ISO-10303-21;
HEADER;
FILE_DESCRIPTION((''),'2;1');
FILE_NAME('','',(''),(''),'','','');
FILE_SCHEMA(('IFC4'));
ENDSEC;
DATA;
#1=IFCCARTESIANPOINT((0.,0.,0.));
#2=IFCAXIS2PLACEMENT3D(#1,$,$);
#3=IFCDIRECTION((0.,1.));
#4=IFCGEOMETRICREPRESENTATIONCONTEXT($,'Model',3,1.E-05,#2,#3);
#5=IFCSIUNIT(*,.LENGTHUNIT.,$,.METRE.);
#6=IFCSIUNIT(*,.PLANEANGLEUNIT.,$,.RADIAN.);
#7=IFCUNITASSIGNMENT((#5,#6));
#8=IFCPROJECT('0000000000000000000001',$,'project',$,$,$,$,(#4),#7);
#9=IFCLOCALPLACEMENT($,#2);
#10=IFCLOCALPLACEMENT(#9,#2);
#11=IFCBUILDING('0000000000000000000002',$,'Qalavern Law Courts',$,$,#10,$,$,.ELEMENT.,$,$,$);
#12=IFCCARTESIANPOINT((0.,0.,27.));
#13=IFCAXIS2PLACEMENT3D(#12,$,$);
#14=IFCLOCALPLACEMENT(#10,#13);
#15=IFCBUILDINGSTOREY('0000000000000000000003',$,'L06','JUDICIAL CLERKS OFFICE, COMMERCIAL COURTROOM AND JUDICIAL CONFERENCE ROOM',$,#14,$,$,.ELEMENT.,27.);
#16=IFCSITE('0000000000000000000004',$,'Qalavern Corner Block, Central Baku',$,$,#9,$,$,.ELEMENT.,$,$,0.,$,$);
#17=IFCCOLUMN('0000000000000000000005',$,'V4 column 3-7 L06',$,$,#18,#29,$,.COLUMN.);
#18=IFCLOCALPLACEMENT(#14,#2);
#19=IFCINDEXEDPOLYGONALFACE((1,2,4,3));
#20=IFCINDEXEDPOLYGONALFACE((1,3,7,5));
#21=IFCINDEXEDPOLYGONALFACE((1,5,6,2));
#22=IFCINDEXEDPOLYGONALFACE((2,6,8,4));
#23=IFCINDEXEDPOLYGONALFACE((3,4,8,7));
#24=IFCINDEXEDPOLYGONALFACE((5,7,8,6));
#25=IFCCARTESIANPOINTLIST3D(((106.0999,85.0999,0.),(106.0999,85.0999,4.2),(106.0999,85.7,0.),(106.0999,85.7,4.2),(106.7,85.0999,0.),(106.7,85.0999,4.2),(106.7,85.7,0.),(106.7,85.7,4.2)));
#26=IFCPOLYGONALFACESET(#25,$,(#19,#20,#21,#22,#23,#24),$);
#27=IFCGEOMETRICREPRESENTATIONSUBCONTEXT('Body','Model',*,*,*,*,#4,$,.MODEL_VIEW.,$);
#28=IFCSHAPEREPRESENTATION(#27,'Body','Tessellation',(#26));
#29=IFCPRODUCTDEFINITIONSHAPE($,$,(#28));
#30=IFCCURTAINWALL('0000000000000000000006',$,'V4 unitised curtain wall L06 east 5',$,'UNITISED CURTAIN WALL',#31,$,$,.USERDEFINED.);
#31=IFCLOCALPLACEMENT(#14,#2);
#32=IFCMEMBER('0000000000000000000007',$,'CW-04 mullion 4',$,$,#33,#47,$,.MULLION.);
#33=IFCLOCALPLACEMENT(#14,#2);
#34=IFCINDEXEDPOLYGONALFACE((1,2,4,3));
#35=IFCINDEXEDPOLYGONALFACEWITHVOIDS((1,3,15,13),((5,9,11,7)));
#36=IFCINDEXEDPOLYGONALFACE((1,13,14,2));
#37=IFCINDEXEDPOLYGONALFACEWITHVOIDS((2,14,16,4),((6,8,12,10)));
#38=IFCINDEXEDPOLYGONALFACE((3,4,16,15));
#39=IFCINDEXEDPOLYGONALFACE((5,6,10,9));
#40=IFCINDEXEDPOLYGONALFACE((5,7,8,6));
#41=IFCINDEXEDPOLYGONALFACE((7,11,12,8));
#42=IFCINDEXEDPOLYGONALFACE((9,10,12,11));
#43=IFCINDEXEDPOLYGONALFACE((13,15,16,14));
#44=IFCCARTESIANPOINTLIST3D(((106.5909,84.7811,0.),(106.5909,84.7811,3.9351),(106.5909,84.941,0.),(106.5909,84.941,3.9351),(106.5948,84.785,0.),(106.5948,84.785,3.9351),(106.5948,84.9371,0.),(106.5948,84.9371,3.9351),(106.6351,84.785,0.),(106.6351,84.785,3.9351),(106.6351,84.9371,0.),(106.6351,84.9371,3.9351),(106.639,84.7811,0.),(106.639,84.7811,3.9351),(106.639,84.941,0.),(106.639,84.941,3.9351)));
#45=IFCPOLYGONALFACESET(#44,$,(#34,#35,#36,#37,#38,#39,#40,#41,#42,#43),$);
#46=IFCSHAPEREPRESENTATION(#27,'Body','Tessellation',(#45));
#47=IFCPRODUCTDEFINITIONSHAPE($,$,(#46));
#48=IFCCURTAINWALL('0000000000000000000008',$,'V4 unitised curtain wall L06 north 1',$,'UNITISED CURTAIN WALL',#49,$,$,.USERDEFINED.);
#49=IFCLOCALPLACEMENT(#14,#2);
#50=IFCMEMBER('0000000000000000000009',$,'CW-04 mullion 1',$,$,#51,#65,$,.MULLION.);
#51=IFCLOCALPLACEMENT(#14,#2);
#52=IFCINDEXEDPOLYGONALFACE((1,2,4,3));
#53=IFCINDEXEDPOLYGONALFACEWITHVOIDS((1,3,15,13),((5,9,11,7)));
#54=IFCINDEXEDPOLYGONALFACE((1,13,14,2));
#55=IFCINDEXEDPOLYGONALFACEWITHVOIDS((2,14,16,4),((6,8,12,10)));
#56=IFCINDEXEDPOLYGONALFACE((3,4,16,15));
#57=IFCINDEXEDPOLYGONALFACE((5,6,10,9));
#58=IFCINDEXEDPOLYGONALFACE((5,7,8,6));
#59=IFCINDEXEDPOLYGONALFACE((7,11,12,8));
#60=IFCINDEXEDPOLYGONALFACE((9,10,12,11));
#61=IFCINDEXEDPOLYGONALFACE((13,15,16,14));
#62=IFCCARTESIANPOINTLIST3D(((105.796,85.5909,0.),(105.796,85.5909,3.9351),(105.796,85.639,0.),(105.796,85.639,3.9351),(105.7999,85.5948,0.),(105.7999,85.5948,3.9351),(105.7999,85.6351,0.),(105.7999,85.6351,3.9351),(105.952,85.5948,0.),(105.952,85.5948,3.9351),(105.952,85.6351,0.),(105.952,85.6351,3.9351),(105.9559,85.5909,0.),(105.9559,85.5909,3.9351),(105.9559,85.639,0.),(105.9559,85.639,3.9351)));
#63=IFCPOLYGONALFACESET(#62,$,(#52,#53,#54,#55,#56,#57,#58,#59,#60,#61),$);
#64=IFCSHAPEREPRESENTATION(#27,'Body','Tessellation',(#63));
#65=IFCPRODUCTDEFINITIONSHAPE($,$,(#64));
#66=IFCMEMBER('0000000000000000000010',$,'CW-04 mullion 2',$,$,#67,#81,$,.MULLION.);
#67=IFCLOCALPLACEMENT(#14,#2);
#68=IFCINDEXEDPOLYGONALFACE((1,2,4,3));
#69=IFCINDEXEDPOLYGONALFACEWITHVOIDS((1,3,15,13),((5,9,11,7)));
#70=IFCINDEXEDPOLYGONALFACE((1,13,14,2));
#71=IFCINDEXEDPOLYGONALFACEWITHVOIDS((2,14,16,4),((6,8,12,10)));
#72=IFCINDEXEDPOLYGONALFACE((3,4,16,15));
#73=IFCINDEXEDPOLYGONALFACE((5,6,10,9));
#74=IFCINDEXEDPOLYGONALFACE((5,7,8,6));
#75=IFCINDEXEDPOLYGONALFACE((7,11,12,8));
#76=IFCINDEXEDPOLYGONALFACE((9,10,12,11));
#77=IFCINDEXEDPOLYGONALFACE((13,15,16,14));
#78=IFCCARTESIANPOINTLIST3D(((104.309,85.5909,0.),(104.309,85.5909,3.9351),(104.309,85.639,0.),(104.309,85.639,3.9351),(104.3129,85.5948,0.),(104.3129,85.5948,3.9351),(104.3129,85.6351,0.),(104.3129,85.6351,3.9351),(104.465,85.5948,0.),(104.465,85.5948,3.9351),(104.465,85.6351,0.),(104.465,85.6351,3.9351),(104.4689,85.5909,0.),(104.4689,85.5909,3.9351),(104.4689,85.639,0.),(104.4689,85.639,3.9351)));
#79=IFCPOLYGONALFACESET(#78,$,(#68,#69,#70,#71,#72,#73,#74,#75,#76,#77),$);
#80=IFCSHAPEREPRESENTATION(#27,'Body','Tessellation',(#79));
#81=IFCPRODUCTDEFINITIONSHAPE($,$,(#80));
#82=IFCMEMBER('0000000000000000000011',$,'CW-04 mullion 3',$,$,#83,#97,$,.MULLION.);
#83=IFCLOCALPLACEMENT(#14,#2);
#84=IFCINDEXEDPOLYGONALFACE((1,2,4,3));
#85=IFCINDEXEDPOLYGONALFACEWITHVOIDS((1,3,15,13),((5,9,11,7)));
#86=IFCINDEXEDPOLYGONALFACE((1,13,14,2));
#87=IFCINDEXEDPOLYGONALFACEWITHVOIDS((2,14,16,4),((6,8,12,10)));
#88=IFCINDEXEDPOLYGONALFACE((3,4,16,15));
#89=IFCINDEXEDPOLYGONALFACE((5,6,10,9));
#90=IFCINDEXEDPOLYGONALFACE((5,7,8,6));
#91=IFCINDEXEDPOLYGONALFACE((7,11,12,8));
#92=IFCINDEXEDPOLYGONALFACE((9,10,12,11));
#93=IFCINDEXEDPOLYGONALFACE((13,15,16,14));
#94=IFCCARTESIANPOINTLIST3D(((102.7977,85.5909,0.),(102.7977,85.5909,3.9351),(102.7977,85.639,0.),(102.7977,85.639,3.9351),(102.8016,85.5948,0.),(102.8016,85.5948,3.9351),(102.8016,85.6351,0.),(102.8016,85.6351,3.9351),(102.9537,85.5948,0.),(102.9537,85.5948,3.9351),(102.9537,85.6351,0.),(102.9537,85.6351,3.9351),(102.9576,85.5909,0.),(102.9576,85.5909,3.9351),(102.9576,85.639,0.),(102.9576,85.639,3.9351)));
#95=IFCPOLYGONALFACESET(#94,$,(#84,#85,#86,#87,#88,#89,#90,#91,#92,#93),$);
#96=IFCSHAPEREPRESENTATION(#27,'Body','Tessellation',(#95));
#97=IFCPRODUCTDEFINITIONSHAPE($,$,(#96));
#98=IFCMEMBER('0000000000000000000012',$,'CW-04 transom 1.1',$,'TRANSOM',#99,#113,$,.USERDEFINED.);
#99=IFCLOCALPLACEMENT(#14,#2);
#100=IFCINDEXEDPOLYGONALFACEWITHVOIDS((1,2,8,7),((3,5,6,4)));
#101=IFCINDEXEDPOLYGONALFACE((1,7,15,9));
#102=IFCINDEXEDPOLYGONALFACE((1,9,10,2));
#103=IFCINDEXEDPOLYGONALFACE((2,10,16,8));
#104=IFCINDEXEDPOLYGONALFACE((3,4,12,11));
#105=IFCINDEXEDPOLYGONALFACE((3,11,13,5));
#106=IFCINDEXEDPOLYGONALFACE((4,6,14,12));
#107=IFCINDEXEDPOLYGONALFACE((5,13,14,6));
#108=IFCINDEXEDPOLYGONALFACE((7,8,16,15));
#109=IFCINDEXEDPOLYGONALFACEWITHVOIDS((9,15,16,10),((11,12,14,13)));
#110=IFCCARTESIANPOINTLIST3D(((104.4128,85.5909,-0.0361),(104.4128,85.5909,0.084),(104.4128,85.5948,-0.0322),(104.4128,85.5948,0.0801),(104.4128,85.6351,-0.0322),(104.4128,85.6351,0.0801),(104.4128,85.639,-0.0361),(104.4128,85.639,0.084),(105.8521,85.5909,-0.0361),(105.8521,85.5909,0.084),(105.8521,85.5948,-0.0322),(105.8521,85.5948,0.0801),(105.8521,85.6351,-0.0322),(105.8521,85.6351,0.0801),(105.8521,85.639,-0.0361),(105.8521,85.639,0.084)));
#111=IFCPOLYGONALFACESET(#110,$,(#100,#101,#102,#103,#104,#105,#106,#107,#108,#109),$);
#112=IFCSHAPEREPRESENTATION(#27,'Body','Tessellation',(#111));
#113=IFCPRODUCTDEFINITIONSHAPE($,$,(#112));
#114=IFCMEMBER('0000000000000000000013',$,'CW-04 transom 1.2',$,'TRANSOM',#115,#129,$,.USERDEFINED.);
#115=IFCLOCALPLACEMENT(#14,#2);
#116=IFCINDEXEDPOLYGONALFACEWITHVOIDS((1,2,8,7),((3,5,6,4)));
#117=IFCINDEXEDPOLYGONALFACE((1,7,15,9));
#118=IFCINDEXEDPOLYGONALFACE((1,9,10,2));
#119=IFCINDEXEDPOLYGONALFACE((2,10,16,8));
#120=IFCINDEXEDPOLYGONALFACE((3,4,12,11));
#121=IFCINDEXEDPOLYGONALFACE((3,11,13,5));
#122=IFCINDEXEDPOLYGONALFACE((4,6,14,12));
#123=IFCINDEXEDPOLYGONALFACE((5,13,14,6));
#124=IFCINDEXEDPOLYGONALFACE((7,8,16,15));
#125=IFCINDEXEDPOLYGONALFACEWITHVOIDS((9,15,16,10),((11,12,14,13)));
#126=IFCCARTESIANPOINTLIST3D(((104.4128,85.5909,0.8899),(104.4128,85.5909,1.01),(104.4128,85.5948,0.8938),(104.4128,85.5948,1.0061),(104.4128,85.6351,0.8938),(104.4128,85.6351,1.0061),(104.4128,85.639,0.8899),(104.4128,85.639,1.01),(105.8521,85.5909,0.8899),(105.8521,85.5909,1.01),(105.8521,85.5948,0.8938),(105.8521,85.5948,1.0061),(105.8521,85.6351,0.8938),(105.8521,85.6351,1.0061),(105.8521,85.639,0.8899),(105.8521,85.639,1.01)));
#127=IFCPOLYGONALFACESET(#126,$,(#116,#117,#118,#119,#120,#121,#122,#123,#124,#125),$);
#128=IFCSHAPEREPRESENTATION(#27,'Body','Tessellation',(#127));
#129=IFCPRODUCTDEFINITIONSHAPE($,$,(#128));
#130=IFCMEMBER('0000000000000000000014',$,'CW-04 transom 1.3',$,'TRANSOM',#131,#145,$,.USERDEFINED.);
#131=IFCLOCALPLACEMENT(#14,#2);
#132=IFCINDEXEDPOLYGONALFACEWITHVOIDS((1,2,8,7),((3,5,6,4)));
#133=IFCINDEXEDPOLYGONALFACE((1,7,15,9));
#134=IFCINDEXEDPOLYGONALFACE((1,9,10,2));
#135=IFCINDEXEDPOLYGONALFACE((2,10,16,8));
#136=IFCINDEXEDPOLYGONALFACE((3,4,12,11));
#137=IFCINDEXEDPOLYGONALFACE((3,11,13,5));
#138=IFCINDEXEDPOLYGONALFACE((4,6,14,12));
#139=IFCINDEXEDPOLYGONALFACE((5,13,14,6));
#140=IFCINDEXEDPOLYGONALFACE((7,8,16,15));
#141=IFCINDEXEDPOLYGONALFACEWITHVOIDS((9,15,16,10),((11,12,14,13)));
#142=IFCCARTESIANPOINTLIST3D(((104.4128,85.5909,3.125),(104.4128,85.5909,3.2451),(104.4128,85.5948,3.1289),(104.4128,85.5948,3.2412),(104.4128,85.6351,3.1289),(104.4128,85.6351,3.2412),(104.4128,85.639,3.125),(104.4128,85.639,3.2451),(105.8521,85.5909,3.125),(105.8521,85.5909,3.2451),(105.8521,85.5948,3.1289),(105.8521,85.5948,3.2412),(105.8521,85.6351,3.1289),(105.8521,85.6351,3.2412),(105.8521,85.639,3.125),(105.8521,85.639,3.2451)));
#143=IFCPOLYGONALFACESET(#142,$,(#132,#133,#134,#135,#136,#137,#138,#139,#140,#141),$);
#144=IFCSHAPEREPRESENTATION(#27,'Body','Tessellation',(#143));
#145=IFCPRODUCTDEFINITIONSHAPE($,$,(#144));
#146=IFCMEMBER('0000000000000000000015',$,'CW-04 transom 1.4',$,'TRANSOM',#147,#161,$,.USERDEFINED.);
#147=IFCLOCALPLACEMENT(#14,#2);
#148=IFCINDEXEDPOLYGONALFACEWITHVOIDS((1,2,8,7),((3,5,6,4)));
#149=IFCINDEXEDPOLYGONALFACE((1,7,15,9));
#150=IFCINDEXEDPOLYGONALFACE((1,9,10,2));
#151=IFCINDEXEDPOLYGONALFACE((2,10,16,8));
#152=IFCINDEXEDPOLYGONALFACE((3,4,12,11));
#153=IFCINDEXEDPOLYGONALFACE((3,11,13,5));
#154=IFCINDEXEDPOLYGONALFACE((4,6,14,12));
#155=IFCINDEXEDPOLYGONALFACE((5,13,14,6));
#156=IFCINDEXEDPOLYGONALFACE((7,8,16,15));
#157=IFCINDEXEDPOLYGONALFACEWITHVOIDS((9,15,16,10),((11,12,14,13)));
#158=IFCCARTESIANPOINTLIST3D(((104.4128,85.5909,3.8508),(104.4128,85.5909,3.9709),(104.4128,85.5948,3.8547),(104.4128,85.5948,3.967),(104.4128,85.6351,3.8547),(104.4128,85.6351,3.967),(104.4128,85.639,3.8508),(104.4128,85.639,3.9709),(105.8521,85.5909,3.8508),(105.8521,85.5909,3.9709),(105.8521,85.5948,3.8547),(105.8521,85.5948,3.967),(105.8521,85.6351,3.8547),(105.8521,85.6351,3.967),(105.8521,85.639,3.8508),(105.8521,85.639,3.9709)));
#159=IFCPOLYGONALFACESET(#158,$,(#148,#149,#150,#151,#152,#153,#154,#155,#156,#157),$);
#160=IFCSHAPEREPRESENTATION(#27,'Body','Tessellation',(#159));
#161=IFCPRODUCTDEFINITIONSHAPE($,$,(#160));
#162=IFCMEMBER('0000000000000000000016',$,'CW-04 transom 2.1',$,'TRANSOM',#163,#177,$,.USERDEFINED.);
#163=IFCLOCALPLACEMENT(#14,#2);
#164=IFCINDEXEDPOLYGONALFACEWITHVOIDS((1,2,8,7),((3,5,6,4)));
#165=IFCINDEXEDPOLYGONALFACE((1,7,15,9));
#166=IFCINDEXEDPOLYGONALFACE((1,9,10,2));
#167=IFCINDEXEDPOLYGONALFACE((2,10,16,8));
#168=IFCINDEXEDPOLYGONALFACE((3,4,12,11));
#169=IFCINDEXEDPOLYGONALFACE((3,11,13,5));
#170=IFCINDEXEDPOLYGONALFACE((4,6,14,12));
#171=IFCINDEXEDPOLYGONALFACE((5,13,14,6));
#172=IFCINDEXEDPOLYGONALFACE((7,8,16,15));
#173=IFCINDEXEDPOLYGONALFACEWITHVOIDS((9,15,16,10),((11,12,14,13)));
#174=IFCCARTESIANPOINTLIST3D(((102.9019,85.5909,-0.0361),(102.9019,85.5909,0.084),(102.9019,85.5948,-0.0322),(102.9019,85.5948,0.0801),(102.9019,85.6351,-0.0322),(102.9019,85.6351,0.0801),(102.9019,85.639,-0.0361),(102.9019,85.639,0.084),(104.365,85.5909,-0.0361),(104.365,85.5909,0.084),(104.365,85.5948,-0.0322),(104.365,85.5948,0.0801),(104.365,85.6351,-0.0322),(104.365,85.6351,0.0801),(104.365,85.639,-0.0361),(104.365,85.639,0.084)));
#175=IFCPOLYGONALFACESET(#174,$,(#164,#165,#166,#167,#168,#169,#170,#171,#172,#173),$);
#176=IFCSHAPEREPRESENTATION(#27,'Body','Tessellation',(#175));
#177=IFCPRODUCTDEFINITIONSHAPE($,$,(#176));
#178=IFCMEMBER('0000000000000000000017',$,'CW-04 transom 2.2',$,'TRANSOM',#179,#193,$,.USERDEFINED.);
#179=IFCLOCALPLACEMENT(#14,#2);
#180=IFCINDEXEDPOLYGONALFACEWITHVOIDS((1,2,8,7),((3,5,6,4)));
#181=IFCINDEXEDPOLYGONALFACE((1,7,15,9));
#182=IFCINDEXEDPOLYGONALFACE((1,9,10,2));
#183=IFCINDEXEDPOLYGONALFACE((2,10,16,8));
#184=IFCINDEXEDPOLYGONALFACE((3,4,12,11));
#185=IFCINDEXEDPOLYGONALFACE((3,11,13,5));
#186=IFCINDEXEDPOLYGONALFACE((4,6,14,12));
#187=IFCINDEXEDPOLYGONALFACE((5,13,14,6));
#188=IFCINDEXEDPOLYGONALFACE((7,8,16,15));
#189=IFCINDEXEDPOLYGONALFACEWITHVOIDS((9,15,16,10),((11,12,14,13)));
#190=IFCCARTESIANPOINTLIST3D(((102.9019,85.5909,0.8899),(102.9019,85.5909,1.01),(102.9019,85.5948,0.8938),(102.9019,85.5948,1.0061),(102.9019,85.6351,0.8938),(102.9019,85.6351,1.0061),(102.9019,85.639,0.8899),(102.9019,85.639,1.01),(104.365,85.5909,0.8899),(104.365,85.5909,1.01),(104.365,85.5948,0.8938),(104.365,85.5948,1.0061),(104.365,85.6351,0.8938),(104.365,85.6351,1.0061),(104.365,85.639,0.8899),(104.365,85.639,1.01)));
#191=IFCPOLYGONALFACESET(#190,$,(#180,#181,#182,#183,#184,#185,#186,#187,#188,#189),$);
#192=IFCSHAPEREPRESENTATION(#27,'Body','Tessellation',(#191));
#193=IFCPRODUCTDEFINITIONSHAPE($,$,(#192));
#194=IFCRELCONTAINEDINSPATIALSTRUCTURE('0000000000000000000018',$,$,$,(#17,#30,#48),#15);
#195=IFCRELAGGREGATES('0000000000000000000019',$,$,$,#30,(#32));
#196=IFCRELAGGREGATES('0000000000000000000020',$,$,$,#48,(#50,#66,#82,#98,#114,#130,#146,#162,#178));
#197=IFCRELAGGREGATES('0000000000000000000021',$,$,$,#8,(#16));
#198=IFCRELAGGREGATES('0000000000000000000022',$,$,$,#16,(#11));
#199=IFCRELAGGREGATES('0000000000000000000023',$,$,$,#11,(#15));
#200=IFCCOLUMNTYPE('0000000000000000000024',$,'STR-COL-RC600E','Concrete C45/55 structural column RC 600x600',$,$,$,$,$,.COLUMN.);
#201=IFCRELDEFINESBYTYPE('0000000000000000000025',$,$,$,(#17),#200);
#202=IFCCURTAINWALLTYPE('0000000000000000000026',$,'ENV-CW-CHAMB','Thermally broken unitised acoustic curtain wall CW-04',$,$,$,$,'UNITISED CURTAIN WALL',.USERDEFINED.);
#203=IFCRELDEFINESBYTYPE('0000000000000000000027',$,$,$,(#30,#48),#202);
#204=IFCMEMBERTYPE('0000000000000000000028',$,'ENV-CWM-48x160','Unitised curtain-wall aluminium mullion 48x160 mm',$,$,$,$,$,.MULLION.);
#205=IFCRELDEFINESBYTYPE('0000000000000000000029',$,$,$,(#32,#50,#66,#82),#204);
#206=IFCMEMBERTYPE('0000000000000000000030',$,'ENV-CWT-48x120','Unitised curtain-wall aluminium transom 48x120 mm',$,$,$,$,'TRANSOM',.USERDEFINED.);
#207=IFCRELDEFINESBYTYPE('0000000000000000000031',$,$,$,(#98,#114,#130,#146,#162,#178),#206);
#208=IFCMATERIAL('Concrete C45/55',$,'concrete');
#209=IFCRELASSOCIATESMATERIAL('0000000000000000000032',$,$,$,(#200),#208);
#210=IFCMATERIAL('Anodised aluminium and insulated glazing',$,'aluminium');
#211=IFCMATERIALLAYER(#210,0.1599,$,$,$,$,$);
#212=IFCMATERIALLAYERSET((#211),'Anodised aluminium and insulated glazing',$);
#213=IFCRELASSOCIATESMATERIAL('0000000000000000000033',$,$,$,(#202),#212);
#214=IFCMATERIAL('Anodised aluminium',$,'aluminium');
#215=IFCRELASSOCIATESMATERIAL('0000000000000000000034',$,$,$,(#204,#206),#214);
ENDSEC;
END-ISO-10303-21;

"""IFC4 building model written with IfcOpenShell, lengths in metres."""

from ifc_helpers import new_model, si_unit, direction, frame, origin, origin_2d, place, context, subcontext, project, spatial, rectangle, hollow_rectangle, extrude, material, layer, layer_set, material_profile, profile_set, type_object, element, aggregate, save


model = new_model("IFC4")

# Units and contexts
model_context = context("Model", 3, precision=1e-05, world=origin(), true_north=direction((0.0, 1.0)))
body_context = subcontext(model_context, "Body", "Model", "MODEL_VIEW")
ifc_project = project(units=[si_unit("LENGTHUNIT", "METRE"), si_unit("PLANEANGLEUNIT", "RADIAN")], contexts=[model_context])

# Site, building, storey
site_placement = place(None, origin())
site = spatial("IfcSite", under=ifc_project, at=site_placement, Name="Qalavern Corner Block, Central Baku", CompositionType="ELEMENT", RefElevation=0.0)
building_placement = place(site_placement, origin())
building = spatial("IfcBuilding", under=site, at=building_placement, Name="Qalavern Law Courts", CompositionType="ELEMENT")
storey_placement = place(building_placement, frame((0.0, 0.0, 27.0)))
storey = spatial("IfcBuildingStorey", under=building, at=storey_placement, Name="L06", Description="JUDICIAL CLERKS OFFICE, COMMERCIAL COURTROOM AND JUDICIAL CONFERENCE ROOM", CompositionType="ELEMENT", Elevation=27.0)

# Column
ifc_material_1 = material(Name="Concrete C45/55", Category="concrete")
ifc_material_profile_1 = material_profile(ifc_material_1, rectangle(XDim=0.6001, YDim=0.6001, at=origin_2d()), Name="RC 600x600")
ifc_profile_set_1 = profile_set([ifc_material_profile_1], Name="Concrete C45/55")
column_type = type_object("IfcColumnType", Name="STR-COL-RC600E", Description="Concrete C45/55 structural column RC 600x600", PredefinedType="COLUMN", material=ifc_profile_set_1)
column_placement = place(storey_placement, frame((106.3999, 85.3999, 0.0), z_axis=(0.0, 0.0, 1.0), x_axis=(1.0, 0.0, 0.0)))
element("IfcColumn", 1, at=column_placement, inside=storey, type_object=column_type, Name="V4 column 3-7 L06", PredefinedType="COLUMN", context=body_context, shape_type="SweptSolid", body=[
    extrude(rectangle(XDim=0.6001, YDim=0.6001, at=origin_2d()), origin(), (0.0, 0.0, 1.0), 4.2),
])

# Curtain wall, member
ifc_material_2 = material(Name="Anodised aluminium and insulated glazing", Category="aluminium")
ifc_layer_1 = layer(ifc_material_2, 0.1599)
ifc_layer_set_1 = layer_set([ifc_layer_1], Name="Anodised aluminium and insulated glazing")
curtain_wall_type = type_object("IfcCurtainWallType", Name="ENV-CW-CHAMB", Description="Thermally broken unitised acoustic curtain wall CW-04", ElementType="UNITISED CURTAIN WALL", PredefinedType="USERDEFINED", material=ifc_layer_set_1)
curtain_wall_1_placement = place(storey_placement, origin())
curtain_wall_1 = element("IfcCurtainWall", 2, at=curtain_wall_1_placement, inside=storey, type_object=curtain_wall_type, Name="V4 unitised curtain wall L06 east 5", ObjectType="UNITISED CURTAIN WALL", PredefinedType="USERDEFINED")
ifc_material_3 = material(Name="Anodised aluminium", Category="aluminium")
ifc_material_profile_2 = material_profile(ifc_material_3, hollow_rectangle(XDim=0.0481, YDim=0.1599, WallThickness=0.0039, at=origin_2d()), Name="ALU MULLION 48x160")
ifc_profile_set_2 = profile_set([ifc_material_profile_2], Name="Anodised aluminium")
member_type_1 = type_object("IfcMemberType", Name="ENV-CWM-48x160", Description="Unitised curtain-wall aluminium mullion 48x160 mm", PredefinedType="MULLION", material=ifc_profile_set_2)
member_1_placement = place(storey_placement, frame((106.615, 84.8611, 0.0), z_axis=(0.0, 0.0, 1.0), x_axis=(-1.0, 0.0, 0.0)))
member_1 = element("IfcMember", 3, at=member_1_placement, type_object=member_type_1, Name="CW-04 mullion 4", PredefinedType="MULLION", context=body_context, shape_type="SweptSolid", body=[
    extrude(hollow_rectangle(XDim=0.0481, YDim=0.1599, WallThickness=0.0039, at=origin_2d()), origin(), (0.0, 0.0, 1.0), 3.9351),
])
aggregate(curtain_wall_1, [member_1])

# Curtain wall, members
curtain_wall_2_placement = place(storey_placement, origin())
curtain_wall_2 = element("IfcCurtainWall", 4, at=curtain_wall_2_placement, inside=storey, type_object=curtain_wall_type, Name="V4 unitised curtain wall L06 north 1", ObjectType="UNITISED CURTAIN WALL", PredefinedType="USERDEFINED")
member_2_placement = place(storey_placement, frame((105.876, 85.615, 0.0), z_axis=(0.0, 0.0, 1.0), x_axis=(0.0, -1.0, 0.0)))
member_2 = element("IfcMember", 5, at=member_2_placement, type_object=member_type_1, Name="CW-04 mullion 1", PredefinedType="MULLION", context=body_context, shape_type="SweptSolid", body=[
    extrude(hollow_rectangle(XDim=0.0481, YDim=0.1599, WallThickness=0.0039, at=origin_2d()), origin(), (0.0, 0.0, 1.0), 3.9351),
])
member_3_placement = place(storey_placement, frame((104.3889, 85.615, 0.0), z_axis=(0.0, 0.0, 1.0), x_axis=(0.0, -1.0, 0.0)))
member_3 = element("IfcMember", 6, at=member_3_placement, type_object=member_type_1, Name="CW-04 mullion 2", PredefinedType="MULLION", context=body_context, shape_type="SweptSolid", body=[
    extrude(hollow_rectangle(XDim=0.0481, YDim=0.1599, WallThickness=0.0039, at=origin_2d()), origin(), (0.0, 0.0, 1.0), 3.9351),
])
member_4_placement = place(storey_placement, frame((102.8777, 85.615, 0.0), z_axis=(0.0, 0.0, 1.0), x_axis=(0.0, -1.0, 0.0)))
member_4 = element("IfcMember", 7, at=member_4_placement, type_object=member_type_1, Name="CW-04 mullion 3", PredefinedType="MULLION", context=body_context, shape_type="SweptSolid", body=[
    extrude(hollow_rectangle(XDim=0.0481, YDim=0.1599, WallThickness=0.0039, at=origin_2d()), origin(), (0.0, 0.0, 1.0), 3.9351),
])
ifc_material_profile_3 = material_profile(ifc_material_3, hollow_rectangle(XDim=0.0481, YDim=0.1201, WallThickness=0.0039, at=origin_2d()), Name="ALU TRANSOM 48x120")
ifc_profile_set_3 = profile_set([ifc_material_profile_3], Name="Anodised aluminium")
member_type_2 = type_object("IfcMemberType", Name="ENV-CWT-48x120", Description="Unitised curtain-wall aluminium transom 48x120 mm", ElementType="TRANSOM", PredefinedType="USERDEFINED", material=ifc_profile_set_3)
member_5_placement = place(storey_placement, frame((105.8521, 85.615, 0.0239), z_axis=(-1.0, 0.0, 0.0), x_axis=(0.0, -1.0, 0.0)))
member_5 = element("IfcMember", 8, at=member_5_placement, type_object=member_type_2, Name="CW-04 transom 1.1", ObjectType="TRANSOM", PredefinedType="USERDEFINED", context=body_context, shape_type="SweptSolid", body=[
    extrude(hollow_rectangle(XDim=0.0481, YDim=0.1201, WallThickness=0.0039, at=origin_2d()), origin(), (0.0, 0.0, 1.0), 1.4392),
])
member_6_placement = place(storey_placement, frame((105.8521, 85.615, 0.95), z_axis=(-1.0, 0.0, 0.0), x_axis=(0.0, -1.0, 0.0)))
member_6 = element("IfcMember", 9, at=member_6_placement, type_object=member_type_2, Name="CW-04 transom 1.2", ObjectType="TRANSOM", PredefinedType="USERDEFINED", context=body_context, shape_type="SweptSolid", body=[
    extrude(hollow_rectangle(XDim=0.0481, YDim=0.1201, WallThickness=0.0039, at=origin_2d()), origin(), (0.0, 0.0, 1.0), 1.4392),
])
member_7_placement = place(storey_placement, frame((105.8521, 85.615, 3.1851), z_axis=(-1.0, 0.0, 0.0), x_axis=(0.0, -1.0, 0.0)))
member_7 = element("IfcMember", 10, at=member_7_placement, type_object=member_type_2, Name="CW-04 transom 1.3", ObjectType="TRANSOM", PredefinedType="USERDEFINED", context=body_context, shape_type="SweptSolid", body=[
    extrude(hollow_rectangle(XDim=0.0481, YDim=0.1201, WallThickness=0.0039, at=origin_2d()), origin(), (0.0, 0.0, 1.0), 1.4392),
])
member_8_placement = place(storey_placement, frame((105.8521, 85.615, 3.9109), z_axis=(-1.0, 0.0, 0.0), x_axis=(0.0, -1.0, 0.0)))
member_8 = element("IfcMember", 11, at=member_8_placement, type_object=member_type_2, Name="CW-04 transom 1.4", ObjectType="TRANSOM", PredefinedType="USERDEFINED", context=body_context, shape_type="SweptSolid", body=[
    extrude(hollow_rectangle(XDim=0.0481, YDim=0.1201, WallThickness=0.0039, at=origin_2d()), origin(), (0.0, 0.0, 1.0), 1.4392),
])
member_9_placement = place(storey_placement, frame((104.365, 85.615, 0.0239), z_axis=(-1.0, 0.0, 0.0), x_axis=(0.0, -1.0, 0.0)))
member_9 = element("IfcMember", 12, at=member_9_placement, type_object=member_type_2, Name="CW-04 transom 2.1", ObjectType="TRANSOM", PredefinedType="USERDEFINED", context=body_context, shape_type="SweptSolid", body=[
    extrude(hollow_rectangle(XDim=0.0481, YDim=0.1201, WallThickness=0.0039, at=origin_2d()), origin(), (0.0, 0.0, 1.0), 1.4631),
])
member_10_placement = place(storey_placement, frame((104.365, 85.615, 0.95), z_axis=(-1.0, 0.0, 0.0), x_axis=(0.0, -1.0, 0.0)))
member_10 = element("IfcMember", 13, at=member_10_placement, type_object=member_type_2, Name="CW-04 transom 2.2", ObjectType="TRANSOM", PredefinedType="USERDEFINED", context=body_context, shape_type="SweptSolid", body=[
    extrude(hollow_rectangle(XDim=0.0481, YDim=0.1201, WallThickness=0.0039, at=origin_2d()), origin(), (0.0, 0.0, 1.0), 1.4631),
])
aggregate(curtain_wall_2, [member_2, member_3, member_4, member_5, member_6, member_7, member_8, member_9, member_10])

save(model, "model.ifc")
